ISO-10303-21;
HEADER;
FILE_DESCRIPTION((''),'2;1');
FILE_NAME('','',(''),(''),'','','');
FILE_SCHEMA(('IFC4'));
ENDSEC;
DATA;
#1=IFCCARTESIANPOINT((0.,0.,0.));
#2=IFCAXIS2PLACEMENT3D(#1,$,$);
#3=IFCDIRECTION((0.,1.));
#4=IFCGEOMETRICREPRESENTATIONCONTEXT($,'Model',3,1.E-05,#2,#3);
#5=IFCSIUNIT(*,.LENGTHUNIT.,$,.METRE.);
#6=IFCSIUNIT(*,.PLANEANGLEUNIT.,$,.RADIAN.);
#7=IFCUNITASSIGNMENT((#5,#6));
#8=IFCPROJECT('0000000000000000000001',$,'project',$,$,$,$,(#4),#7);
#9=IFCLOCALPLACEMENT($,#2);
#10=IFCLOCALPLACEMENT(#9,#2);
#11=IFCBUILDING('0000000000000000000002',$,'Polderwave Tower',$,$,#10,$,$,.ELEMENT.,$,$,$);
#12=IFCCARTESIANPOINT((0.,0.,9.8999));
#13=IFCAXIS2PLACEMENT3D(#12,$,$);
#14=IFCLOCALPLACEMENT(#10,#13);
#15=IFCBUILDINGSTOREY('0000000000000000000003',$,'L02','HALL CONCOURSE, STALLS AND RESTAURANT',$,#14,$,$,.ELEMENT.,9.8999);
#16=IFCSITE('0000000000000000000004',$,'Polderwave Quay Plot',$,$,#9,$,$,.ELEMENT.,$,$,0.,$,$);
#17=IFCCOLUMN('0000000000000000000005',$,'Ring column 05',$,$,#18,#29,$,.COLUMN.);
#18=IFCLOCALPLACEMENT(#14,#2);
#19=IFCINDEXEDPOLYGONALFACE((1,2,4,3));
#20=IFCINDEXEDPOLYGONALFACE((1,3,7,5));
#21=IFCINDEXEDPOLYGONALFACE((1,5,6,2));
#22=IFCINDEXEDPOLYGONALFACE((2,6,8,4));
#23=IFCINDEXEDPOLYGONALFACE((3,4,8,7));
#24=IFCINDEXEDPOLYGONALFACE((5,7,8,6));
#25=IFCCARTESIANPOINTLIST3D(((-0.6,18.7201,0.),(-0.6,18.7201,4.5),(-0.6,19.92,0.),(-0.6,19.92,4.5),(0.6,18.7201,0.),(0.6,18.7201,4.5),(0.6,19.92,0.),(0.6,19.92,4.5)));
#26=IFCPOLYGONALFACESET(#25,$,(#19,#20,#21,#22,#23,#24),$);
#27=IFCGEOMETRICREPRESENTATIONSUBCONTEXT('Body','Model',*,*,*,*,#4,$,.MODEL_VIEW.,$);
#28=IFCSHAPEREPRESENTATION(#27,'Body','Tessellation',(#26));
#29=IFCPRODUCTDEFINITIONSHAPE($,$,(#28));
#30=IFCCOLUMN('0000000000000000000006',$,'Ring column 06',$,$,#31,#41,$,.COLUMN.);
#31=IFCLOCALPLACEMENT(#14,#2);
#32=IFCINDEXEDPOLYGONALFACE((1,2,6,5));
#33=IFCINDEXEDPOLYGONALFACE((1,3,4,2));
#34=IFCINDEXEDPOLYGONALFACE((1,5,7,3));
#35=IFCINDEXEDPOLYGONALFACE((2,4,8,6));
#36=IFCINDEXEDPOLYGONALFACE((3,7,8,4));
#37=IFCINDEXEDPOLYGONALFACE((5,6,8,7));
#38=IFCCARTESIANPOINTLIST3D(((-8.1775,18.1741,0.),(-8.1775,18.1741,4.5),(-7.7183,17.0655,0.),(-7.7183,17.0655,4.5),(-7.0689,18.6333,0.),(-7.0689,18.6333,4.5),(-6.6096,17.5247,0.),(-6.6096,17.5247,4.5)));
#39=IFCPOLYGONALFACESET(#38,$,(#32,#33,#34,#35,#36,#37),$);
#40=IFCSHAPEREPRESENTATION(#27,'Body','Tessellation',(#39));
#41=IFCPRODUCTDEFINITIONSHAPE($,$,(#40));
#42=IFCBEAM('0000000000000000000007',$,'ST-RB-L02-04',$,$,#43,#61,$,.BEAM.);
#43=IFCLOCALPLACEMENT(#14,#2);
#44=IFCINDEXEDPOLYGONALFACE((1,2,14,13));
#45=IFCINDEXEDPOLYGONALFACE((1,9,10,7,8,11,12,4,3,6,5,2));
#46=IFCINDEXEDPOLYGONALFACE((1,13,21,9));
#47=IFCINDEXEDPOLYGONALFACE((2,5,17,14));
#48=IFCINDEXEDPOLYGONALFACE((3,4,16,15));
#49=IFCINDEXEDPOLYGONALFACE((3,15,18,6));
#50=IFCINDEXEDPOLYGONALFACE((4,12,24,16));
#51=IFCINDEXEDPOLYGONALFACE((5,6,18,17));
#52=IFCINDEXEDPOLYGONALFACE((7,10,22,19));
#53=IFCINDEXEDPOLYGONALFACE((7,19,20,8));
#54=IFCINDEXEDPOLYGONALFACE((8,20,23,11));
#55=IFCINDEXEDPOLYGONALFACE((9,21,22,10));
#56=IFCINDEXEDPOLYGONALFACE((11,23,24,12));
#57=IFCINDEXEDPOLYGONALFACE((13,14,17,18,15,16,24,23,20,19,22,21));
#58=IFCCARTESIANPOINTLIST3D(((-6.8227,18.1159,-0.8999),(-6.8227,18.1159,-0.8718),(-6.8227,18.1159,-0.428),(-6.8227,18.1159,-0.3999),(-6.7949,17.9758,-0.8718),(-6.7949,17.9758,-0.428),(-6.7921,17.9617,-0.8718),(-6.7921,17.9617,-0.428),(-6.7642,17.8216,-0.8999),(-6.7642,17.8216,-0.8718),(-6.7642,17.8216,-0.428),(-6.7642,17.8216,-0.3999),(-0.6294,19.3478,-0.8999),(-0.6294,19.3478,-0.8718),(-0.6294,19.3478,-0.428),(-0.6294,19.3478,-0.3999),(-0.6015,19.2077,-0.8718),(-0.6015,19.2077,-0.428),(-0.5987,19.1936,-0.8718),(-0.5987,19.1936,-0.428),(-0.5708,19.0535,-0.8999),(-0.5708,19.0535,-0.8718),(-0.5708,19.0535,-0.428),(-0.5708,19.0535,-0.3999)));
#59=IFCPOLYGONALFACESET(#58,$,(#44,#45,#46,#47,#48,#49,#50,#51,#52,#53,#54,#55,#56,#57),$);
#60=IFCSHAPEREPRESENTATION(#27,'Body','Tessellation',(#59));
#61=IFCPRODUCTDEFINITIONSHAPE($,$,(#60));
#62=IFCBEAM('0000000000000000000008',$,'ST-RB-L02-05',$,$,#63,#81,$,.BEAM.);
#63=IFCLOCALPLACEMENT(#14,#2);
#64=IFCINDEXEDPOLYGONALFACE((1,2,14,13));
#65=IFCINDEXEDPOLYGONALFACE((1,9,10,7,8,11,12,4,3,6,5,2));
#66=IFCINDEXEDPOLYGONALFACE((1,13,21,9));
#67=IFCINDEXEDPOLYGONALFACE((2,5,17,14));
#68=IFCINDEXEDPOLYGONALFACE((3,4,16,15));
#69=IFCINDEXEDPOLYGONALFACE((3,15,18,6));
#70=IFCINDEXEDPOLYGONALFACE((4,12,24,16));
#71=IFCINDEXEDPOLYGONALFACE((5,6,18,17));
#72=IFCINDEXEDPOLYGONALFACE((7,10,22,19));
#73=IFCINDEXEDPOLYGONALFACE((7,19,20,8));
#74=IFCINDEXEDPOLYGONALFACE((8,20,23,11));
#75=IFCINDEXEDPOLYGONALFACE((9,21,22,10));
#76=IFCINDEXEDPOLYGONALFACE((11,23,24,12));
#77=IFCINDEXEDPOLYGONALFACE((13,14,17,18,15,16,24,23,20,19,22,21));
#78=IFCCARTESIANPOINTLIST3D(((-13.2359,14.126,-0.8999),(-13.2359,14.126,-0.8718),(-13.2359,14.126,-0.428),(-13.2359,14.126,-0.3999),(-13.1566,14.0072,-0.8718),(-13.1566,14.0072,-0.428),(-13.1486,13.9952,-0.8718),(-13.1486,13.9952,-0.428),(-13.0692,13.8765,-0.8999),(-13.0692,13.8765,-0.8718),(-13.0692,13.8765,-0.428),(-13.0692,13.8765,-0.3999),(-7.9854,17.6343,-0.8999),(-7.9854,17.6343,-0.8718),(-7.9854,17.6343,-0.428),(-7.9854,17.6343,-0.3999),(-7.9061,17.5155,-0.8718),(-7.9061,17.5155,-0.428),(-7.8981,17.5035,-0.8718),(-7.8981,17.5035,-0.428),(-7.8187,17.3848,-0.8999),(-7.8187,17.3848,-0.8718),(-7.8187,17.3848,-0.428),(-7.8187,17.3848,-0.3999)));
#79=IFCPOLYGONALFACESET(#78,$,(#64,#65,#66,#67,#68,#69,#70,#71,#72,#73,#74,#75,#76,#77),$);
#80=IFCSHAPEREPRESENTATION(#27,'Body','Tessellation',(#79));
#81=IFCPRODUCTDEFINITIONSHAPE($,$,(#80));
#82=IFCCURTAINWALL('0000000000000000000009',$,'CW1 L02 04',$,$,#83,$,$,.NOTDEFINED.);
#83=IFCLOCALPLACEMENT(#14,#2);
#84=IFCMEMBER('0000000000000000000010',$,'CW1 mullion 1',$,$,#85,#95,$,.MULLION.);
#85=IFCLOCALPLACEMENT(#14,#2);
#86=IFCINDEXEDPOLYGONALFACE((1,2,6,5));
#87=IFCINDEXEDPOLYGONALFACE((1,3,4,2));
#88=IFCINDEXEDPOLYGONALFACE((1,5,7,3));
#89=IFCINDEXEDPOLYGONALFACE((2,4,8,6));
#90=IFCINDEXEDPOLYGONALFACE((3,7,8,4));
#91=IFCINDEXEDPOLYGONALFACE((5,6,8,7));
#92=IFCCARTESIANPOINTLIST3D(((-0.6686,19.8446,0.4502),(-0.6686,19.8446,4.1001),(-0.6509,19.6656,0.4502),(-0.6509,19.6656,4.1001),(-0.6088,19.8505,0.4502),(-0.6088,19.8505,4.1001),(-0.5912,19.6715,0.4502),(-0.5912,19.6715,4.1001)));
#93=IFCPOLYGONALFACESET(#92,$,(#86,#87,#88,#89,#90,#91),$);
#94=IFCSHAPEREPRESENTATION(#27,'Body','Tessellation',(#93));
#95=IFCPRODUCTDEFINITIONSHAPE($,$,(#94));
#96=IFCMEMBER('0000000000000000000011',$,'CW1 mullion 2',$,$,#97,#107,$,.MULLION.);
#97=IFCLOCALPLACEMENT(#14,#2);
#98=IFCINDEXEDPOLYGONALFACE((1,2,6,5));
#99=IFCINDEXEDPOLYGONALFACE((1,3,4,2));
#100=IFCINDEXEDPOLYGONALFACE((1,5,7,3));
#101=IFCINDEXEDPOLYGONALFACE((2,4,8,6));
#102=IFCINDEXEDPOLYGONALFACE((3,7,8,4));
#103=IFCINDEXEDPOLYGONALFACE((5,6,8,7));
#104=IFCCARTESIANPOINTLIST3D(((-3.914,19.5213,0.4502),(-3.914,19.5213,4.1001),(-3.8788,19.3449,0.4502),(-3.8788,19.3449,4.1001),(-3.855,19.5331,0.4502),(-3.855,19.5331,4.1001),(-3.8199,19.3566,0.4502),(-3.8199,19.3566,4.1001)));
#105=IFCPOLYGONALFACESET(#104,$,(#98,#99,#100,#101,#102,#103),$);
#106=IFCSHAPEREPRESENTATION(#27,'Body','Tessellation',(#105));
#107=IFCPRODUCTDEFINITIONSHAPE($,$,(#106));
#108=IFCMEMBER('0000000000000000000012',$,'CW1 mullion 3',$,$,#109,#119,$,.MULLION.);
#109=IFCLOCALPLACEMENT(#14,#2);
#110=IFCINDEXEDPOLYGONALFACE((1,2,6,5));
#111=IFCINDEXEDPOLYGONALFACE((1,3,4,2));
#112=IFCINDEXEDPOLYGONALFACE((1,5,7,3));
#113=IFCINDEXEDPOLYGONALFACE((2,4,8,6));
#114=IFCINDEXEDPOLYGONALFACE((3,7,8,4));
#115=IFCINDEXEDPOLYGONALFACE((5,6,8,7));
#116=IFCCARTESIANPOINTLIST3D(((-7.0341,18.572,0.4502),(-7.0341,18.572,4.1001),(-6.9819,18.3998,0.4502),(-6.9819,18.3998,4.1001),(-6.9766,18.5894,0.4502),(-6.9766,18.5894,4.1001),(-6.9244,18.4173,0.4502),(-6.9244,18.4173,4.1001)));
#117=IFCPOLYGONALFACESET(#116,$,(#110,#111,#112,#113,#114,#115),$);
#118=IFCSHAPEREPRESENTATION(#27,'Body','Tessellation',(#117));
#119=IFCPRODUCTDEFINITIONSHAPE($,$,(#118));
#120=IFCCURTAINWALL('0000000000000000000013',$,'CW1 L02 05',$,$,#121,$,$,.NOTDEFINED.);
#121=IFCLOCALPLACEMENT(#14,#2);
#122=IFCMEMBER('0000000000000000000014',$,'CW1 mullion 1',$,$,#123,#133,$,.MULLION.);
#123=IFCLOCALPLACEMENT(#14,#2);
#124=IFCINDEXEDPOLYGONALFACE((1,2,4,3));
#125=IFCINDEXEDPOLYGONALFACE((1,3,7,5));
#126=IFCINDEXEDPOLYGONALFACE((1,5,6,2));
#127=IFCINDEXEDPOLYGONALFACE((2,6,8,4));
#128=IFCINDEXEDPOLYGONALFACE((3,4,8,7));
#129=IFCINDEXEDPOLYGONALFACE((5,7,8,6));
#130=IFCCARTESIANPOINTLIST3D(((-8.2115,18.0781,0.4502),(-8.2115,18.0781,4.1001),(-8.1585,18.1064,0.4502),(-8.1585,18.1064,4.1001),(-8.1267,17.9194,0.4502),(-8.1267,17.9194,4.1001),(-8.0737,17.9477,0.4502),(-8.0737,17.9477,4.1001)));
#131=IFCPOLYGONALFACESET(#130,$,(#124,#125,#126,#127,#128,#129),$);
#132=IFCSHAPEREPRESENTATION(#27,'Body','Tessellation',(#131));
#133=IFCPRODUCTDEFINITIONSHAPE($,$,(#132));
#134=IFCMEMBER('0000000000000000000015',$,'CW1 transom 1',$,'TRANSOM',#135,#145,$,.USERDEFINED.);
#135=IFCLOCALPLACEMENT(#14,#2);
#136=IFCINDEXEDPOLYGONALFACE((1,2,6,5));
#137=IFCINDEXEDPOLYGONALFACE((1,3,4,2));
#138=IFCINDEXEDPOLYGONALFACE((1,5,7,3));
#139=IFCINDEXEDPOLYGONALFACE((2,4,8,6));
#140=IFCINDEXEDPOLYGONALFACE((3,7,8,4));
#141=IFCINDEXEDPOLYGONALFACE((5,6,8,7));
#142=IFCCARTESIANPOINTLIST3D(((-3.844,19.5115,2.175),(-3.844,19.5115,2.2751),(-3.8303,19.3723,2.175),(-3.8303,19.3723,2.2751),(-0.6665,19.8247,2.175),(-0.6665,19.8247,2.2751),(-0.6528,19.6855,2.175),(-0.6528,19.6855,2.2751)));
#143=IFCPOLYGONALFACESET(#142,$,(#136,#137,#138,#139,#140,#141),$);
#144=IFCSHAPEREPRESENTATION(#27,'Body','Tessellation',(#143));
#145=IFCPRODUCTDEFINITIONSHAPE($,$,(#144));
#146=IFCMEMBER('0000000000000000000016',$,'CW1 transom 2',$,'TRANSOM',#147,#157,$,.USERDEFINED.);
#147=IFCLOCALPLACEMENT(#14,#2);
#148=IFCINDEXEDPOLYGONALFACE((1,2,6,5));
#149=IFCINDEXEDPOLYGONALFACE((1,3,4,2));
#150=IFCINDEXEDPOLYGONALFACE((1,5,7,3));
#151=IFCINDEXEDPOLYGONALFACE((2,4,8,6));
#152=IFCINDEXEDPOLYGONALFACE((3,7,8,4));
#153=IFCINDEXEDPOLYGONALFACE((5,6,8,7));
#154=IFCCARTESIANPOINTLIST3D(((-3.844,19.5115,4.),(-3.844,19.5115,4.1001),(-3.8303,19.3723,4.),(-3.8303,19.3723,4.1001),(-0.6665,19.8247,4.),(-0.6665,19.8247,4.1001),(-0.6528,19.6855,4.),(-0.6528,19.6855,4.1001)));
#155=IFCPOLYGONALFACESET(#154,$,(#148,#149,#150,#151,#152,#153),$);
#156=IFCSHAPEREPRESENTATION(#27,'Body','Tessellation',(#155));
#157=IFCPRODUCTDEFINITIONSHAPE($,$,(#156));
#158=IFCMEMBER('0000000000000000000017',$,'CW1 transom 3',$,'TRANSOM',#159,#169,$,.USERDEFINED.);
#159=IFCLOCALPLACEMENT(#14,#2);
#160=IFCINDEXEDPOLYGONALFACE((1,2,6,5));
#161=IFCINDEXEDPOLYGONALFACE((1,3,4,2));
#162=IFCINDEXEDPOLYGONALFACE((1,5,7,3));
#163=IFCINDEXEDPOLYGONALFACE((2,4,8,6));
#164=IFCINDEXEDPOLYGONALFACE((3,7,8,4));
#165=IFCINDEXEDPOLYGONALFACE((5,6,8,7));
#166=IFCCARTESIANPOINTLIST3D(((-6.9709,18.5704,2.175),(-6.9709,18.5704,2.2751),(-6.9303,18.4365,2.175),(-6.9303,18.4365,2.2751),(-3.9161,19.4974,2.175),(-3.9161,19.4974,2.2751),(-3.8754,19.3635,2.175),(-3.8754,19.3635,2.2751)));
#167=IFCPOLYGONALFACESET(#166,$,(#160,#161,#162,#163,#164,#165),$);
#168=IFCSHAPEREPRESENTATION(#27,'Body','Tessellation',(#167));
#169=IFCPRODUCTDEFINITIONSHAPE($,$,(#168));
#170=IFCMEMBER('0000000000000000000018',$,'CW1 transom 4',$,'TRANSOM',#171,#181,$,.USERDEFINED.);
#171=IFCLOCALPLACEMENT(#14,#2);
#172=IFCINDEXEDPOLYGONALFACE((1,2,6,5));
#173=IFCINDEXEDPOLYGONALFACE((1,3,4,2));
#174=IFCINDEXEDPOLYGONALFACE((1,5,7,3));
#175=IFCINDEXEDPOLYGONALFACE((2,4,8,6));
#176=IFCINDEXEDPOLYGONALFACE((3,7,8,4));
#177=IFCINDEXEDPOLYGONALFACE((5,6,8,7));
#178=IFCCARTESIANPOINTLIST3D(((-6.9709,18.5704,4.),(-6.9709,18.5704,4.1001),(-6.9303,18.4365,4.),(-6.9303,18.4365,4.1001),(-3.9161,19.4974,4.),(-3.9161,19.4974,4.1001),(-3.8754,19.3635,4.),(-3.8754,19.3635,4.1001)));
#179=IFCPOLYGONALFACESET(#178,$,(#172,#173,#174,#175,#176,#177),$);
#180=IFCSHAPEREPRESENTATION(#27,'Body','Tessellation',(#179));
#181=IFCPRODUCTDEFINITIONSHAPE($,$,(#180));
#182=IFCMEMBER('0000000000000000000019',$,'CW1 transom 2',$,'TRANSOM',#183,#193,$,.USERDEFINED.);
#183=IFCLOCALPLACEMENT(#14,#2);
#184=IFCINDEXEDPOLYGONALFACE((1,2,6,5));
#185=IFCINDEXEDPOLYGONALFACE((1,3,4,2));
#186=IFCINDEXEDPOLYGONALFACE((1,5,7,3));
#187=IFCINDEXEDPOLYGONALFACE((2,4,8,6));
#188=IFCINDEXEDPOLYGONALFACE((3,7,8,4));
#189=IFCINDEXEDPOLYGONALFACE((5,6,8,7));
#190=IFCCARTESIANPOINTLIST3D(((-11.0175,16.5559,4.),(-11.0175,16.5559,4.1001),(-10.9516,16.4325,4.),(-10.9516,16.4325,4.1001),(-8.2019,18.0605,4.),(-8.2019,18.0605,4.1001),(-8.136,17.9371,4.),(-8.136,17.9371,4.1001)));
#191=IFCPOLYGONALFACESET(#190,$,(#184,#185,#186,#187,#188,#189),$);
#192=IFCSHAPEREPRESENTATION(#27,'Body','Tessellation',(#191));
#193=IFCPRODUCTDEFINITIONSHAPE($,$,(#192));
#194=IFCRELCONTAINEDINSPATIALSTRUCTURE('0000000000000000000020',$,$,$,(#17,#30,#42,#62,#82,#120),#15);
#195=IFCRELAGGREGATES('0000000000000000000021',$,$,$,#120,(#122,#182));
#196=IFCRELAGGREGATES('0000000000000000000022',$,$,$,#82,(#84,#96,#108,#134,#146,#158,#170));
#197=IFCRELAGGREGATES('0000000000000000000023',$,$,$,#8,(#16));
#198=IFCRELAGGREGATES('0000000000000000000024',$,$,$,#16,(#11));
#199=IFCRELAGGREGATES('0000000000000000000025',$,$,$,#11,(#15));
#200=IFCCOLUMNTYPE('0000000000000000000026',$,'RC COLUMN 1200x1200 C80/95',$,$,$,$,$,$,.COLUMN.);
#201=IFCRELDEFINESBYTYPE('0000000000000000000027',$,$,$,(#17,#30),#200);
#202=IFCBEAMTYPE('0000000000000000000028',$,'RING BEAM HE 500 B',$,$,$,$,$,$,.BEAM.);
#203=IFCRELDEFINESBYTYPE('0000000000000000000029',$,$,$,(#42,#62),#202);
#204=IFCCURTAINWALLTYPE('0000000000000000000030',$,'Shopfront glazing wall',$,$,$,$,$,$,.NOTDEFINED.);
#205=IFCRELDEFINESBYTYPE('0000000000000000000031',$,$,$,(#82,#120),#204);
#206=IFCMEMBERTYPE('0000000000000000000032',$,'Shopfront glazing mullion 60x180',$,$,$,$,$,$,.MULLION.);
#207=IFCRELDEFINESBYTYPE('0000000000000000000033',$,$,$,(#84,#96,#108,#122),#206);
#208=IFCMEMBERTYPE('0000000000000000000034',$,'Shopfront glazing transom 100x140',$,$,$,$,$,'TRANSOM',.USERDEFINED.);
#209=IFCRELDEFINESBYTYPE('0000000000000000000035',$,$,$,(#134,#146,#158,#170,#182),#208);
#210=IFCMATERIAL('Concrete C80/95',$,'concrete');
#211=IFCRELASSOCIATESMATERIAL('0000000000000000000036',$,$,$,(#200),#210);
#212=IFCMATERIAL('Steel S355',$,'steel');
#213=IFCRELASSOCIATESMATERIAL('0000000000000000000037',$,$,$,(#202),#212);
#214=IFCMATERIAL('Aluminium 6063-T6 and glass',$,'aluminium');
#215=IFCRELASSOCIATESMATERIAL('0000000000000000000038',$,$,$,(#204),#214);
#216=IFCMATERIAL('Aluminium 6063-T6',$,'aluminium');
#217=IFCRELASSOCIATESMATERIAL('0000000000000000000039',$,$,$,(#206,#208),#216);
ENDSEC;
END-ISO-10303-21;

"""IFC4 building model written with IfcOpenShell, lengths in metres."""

from ifc_helpers import new_model, si_unit, direction, frame, origin, origin_2d, place, context, subcontext, project, spatial, rectangle, i_section, extrude, material, material_profile, profile_set, type_object, element, aggregate, save


model = new_model("IFC4")

# Units and contexts
model_context = context("Model", 3, precision=1e-05, world=origin(), true_north=direction((0.0, 1.0)))
body_context = subcontext(model_context, "Body", "Model", "MODEL_VIEW")
ifc_project = project(units=[si_unit("LENGTHUNIT", "METRE"), si_unit("PLANEANGLEUNIT", "RADIAN")], contexts=[model_context])

# Site, building, storey
site_placement = place(None, origin())
site = spatial("IfcSite", under=ifc_project, at=site_placement, Name="Polderwave Quay Plot", CompositionType="ELEMENT", RefElevation=0.0)
building_placement = place(site_placement, origin())
building = spatial("IfcBuilding", under=site, at=building_placement, Name="Polderwave Tower", CompositionType="ELEMENT")
storey_placement = place(building_placement, frame((0.0, 0.0, 9.8999)))
storey = spatial("IfcBuildingStorey", under=building, at=storey_placement, Name="L02", Description="HALL CONCOURSE, STALLS AND RESTAURANT", CompositionType="ELEMENT", Elevation=9.8999)

# Columns
ifc_material_1 = material(Name="Concrete C80/95", Category="concrete")
ifc_material_profile_1 = material_profile(ifc_material_1, rectangle(XDim=1.2, YDim=1.2, at=origin_2d()), Name="RC 1200x1200")
ifc_profile_set_1 = profile_set([ifc_material_profile_1], Name="Concrete C80/95")
column_type = type_object("IfcColumnType", Name="RC COLUMN 1200x1200 C80/95", PredefinedType="COLUMN", material=ifc_profile_set_1)
for number, where, z_axis, x_axis, name in (
    (1, (0.0, 19.3201, 0.0), (0.0, 0.0, 1.0), (0.0, 1.0, 0.0), "Ring column 05"),
    (2, (-7.3936, 17.8494, 0.0), (0.0, 0.0, 1.0), (-0.382683, 0.92388, 0.0), "Ring column 06"),
):
    element("IfcColumn", number, at=place(storey_placement, frame(where, z_axis=z_axis, x_axis=x_axis)), inside=storey, type_object=column_type, Name=name, PredefinedType="COLUMN", context=body_context, shape_type="SweptSolid", body=[
        extrude(rectangle(XDim=1.2, YDim=1.2, at=origin_2d()), origin(), (0.0, 0.0, 1.0), 4.5),
    ])

# Beams
ifc_material_2 = material(Name="Steel S355", Category="steel")
ifc_material_profile_2 = material_profile(ifc_material_2, i_section(OverallWidth=0.3, OverallDepth=0.5, WebThickness=0.0144, FlangeThickness=0.0281, at=origin_2d()), Name="HE 500 B")
ifc_profile_set_2 = profile_set([ifc_material_profile_2], Name="Steel S355")
beam_type = type_object("IfcBeamType", Name="RING BEAM HE 500 B", PredefinedType="BEAM", material=ifc_profile_set_2)
for number, where, z_axis, x_axis, name in (
    (3, (-0.6001, 19.2007, -0.6499), (-0.980785, -0.19509, 0.0), (0.19509, -0.980785, 0.0), "ST-RB-L02-04"),
    (4, (-7.9021, 17.5095, -0.6499), (-0.831467, -0.555574, 0.0), (0.555574, -0.831467, 0.0), "ST-RB-L02-05"),
):
    element("IfcBeam", number, at=place(storey_placement, frame(where, z_axis=z_axis, x_axis=x_axis)), inside=storey, type_object=beam_type, Name=name, PredefinedType="BEAM", context=body_context, shape_type="SweptSolid", body=[
        extrude(i_section(OverallWidth=0.3, OverallDepth=0.5, WebThickness=0.0144, FlangeThickness=0.0281, at=origin_2d()), origin(), (0.0, 0.0, 1.0), 6.3147),
    ])

# Curtain wall, members
ifc_material_3 = material(Name="Aluminium 6063-T6 and glass", Category="aluminium")
curtain_wall_type = type_object("IfcCurtainWallType", Name="Shopfront glazing wall", PredefinedType="NOTDEFINED", material=ifc_material_3)
curtain_wall_1_placement = place(storey_placement, origin())
curtain_wall_1 = element("IfcCurtainWall", 5, at=curtain_wall_1_placement, inside=storey, type_object=curtain_wall_type, Name="CW1 L02 04", PredefinedType="NOTDEFINED")
ifc_material_4 = material(Name="Aluminium 6063-T6", Category="aluminium")
ifc_material_profile_3 = material_profile(ifc_material_4, rectangle(XDim=0.1799, YDim=0.0601, at=origin_2d()), Name="AL 60x180")
ifc_profile_set_3 = profile_set([ifc_material_profile_3], Name="Aluminium 6063-T6")
member_type_1 = type_object("IfcMemberType", Name="Shopfront glazing mullion 60x180", PredefinedType="MULLION", material=ifc_profile_set_3)
member_1_placement = place(storey_placement, frame((-0.6299, 19.7581, 0.4502), z_axis=(0.0, 0.0, 1.0), x_axis=(0.098087, -0.995178, 0.0)))
member_1 = element("IfcMember", 6, at=member_1_placement, type_object=member_type_1, Name="CW1 mullion 1", PredefinedType="MULLION", context=body_context, shape_type="SweptSolid", body=[
    extrude(rectangle(XDim=0.1799, YDim=0.0601, at=origin_2d()), origin(), (0.0, 0.0, 1.0), 3.6499),
])
member_2_placement = place(storey_placement, frame((-3.8669, 19.439, 0.4502), z_axis=(0.0, 0.0, 1.0), x_axis=(0.195152, -0.980773, 0.0)))
member_2 = element("IfcMember", 7, at=member_2_placement, type_object=member_type_1, Name="CW1 mullion 2", PredefinedType="MULLION", context=body_context, shape_type="SweptSolid", body=[
    extrude(rectangle(XDim=0.1799, YDim=0.0601, at=origin_2d()), origin(), (0.0, 0.0, 1.0), 3.6499),
])
member_3_placement = place(storey_placement, frame((-6.9792, 18.4946, 0.4502), z_axis=(0.0, 0.0, 1.0), x_axis=(0.290336, -0.956925, 0.0)))
member_3 = element("IfcMember", 8, at=member_3_placement, type_object=member_type_1, Name="CW1 mullion 3", PredefinedType="MULLION", context=body_context, shape_type="SweptSolid", body=[
    extrude(rectangle(XDim=0.1799, YDim=0.0601, at=origin_2d()), origin(), (0.0, 0.0, 1.0), 3.6499),
])

# Curtain wall, member
curtain_wall_2_placement = place(storey_placement, origin())
curtain_wall_2 = element("IfcCurtainWall", 9, at=curtain_wall_2_placement, inside=storey, type_object=curtain_wall_type, Name="CW1 L02 05", PredefinedType="NOTDEFINED")
member_4_placement = place(storey_placement, frame((-8.1426, 18.0129, 0.4502), z_axis=(0.0, 0.0, 1.0), x_axis=(0.4713, -0.881973, 0.0)))
member_4 = element("IfcMember", 10, at=member_4_placement, type_object=member_type_1, Name="CW1 mullion 1", PredefinedType="MULLION", context=body_context, shape_type="SweptSolid", body=[
    extrude(rectangle(XDim=0.1799, YDim=0.0601, at=origin_2d()), origin(), (0.0, 0.0, 1.0), 3.6499),
])

# Members
ifc_material_profile_4 = material_profile(ifc_material_4, rectangle(XDim=0.1399, YDim=0.1001, at=origin_2d()), Name="AL 100x140")
ifc_profile_set_4 = profile_set([ifc_material_profile_4], Name="Aluminium 6063-T6")
member_type_2 = type_object("IfcMemberType", Name="Shopfront glazing transom 100x140", ElementType="TRANSOM", PredefinedType="USERDEFINED", material=ifc_profile_set_4)
member_5_placement = place(storey_placement, frame((-0.6597, 19.7551, 2.2251), z_axis=(-0.995176, -0.098103, 0.0), x_axis=(0.098103, -0.995176, 0.0)))
member_5 = element("IfcMember", 11, at=member_5_placement, type_object=member_type_2, Name="CW1 transom 1", ObjectType="TRANSOM", PredefinedType="USERDEFINED", context=body_context, shape_type="SweptSolid", body=[
    extrude(rectangle(XDim=0.1399, YDim=0.1001, at=origin_2d()), origin(), (0.0, 0.0, 1.0), 3.1929),
])
member_6_placement = place(storey_placement, frame((-0.6597, 19.7551, 4.05), z_axis=(-0.995176, -0.098103, 0.0), x_axis=(0.098103, -0.995176, 0.0)))
member_6 = element("IfcMember", 12, at=member_6_placement, type_object=member_type_2, Name="CW1 transom 2", ObjectType="TRANSOM", PredefinedType="USERDEFINED", context=body_context, shape_type="SweptSolid", body=[
    extrude(rectangle(XDim=0.1399, YDim=0.1001, at=origin_2d()), origin(), (0.0, 0.0, 1.0), 3.1929),
])
member_7_placement = place(storey_placement, frame((-3.8958, 19.4304, 2.2251), z_axis=(-0.956914, -0.29037, 0.0), x_axis=(0.29037, -0.956914, 0.0)))
member_7 = element("IfcMember", 13, at=member_7_placement, type_object=member_type_2, Name="CW1 transom 3", ObjectType="TRANSOM", PredefinedType="USERDEFINED", context=body_context, shape_type="SweptSolid", body=[
    extrude(rectangle(XDim=0.1399, YDim=0.1001, at=origin_2d()), origin(), (0.0, 0.0, 1.0), 3.1924),
])
member_8_placement = place(storey_placement, frame((-3.8958, 19.4304, 4.05), z_axis=(-0.956914, -0.29037, 0.0), x_axis=(0.29037, -0.956914, 0.0)))
member_8 = element("IfcMember", 14, at=member_8_placement, type_object=member_type_2, Name="CW1 transom 4", ObjectType="TRANSOM", PredefinedType="USERDEFINED", context=body_context, shape_type="SweptSolid", body=[
    extrude(rectangle(XDim=0.1399, YDim=0.1001, at=origin_2d()), origin(), (0.0, 0.0, 1.0), 3.1924),
])
member_9_placement = place(storey_placement, frame((-8.1689, 17.9988, 4.05), z_axis=(-0.881969, -0.471307, 0.0), x_axis=(0.471307, -0.881969, 0.0)))
member_9 = element("IfcMember", 15, at=member_9_placement, type_object=member_type_2, Name="CW1 transom 2", ObjectType="TRANSOM", PredefinedType="USERDEFINED", context=body_context, shape_type="SweptSolid", body=[
    extrude(rectangle(XDim=0.1399, YDim=0.1001, at=origin_2d()), origin(), (0.0, 0.0, 1.0), 3.1924),
])
aggregate(curtain_wall_2, [member_4, member_9])

aggregate(curtain_wall_1, [member_1, member_2, member_3, member_5, member_6, member_7, member_8])

save(model, "model.ifc")
